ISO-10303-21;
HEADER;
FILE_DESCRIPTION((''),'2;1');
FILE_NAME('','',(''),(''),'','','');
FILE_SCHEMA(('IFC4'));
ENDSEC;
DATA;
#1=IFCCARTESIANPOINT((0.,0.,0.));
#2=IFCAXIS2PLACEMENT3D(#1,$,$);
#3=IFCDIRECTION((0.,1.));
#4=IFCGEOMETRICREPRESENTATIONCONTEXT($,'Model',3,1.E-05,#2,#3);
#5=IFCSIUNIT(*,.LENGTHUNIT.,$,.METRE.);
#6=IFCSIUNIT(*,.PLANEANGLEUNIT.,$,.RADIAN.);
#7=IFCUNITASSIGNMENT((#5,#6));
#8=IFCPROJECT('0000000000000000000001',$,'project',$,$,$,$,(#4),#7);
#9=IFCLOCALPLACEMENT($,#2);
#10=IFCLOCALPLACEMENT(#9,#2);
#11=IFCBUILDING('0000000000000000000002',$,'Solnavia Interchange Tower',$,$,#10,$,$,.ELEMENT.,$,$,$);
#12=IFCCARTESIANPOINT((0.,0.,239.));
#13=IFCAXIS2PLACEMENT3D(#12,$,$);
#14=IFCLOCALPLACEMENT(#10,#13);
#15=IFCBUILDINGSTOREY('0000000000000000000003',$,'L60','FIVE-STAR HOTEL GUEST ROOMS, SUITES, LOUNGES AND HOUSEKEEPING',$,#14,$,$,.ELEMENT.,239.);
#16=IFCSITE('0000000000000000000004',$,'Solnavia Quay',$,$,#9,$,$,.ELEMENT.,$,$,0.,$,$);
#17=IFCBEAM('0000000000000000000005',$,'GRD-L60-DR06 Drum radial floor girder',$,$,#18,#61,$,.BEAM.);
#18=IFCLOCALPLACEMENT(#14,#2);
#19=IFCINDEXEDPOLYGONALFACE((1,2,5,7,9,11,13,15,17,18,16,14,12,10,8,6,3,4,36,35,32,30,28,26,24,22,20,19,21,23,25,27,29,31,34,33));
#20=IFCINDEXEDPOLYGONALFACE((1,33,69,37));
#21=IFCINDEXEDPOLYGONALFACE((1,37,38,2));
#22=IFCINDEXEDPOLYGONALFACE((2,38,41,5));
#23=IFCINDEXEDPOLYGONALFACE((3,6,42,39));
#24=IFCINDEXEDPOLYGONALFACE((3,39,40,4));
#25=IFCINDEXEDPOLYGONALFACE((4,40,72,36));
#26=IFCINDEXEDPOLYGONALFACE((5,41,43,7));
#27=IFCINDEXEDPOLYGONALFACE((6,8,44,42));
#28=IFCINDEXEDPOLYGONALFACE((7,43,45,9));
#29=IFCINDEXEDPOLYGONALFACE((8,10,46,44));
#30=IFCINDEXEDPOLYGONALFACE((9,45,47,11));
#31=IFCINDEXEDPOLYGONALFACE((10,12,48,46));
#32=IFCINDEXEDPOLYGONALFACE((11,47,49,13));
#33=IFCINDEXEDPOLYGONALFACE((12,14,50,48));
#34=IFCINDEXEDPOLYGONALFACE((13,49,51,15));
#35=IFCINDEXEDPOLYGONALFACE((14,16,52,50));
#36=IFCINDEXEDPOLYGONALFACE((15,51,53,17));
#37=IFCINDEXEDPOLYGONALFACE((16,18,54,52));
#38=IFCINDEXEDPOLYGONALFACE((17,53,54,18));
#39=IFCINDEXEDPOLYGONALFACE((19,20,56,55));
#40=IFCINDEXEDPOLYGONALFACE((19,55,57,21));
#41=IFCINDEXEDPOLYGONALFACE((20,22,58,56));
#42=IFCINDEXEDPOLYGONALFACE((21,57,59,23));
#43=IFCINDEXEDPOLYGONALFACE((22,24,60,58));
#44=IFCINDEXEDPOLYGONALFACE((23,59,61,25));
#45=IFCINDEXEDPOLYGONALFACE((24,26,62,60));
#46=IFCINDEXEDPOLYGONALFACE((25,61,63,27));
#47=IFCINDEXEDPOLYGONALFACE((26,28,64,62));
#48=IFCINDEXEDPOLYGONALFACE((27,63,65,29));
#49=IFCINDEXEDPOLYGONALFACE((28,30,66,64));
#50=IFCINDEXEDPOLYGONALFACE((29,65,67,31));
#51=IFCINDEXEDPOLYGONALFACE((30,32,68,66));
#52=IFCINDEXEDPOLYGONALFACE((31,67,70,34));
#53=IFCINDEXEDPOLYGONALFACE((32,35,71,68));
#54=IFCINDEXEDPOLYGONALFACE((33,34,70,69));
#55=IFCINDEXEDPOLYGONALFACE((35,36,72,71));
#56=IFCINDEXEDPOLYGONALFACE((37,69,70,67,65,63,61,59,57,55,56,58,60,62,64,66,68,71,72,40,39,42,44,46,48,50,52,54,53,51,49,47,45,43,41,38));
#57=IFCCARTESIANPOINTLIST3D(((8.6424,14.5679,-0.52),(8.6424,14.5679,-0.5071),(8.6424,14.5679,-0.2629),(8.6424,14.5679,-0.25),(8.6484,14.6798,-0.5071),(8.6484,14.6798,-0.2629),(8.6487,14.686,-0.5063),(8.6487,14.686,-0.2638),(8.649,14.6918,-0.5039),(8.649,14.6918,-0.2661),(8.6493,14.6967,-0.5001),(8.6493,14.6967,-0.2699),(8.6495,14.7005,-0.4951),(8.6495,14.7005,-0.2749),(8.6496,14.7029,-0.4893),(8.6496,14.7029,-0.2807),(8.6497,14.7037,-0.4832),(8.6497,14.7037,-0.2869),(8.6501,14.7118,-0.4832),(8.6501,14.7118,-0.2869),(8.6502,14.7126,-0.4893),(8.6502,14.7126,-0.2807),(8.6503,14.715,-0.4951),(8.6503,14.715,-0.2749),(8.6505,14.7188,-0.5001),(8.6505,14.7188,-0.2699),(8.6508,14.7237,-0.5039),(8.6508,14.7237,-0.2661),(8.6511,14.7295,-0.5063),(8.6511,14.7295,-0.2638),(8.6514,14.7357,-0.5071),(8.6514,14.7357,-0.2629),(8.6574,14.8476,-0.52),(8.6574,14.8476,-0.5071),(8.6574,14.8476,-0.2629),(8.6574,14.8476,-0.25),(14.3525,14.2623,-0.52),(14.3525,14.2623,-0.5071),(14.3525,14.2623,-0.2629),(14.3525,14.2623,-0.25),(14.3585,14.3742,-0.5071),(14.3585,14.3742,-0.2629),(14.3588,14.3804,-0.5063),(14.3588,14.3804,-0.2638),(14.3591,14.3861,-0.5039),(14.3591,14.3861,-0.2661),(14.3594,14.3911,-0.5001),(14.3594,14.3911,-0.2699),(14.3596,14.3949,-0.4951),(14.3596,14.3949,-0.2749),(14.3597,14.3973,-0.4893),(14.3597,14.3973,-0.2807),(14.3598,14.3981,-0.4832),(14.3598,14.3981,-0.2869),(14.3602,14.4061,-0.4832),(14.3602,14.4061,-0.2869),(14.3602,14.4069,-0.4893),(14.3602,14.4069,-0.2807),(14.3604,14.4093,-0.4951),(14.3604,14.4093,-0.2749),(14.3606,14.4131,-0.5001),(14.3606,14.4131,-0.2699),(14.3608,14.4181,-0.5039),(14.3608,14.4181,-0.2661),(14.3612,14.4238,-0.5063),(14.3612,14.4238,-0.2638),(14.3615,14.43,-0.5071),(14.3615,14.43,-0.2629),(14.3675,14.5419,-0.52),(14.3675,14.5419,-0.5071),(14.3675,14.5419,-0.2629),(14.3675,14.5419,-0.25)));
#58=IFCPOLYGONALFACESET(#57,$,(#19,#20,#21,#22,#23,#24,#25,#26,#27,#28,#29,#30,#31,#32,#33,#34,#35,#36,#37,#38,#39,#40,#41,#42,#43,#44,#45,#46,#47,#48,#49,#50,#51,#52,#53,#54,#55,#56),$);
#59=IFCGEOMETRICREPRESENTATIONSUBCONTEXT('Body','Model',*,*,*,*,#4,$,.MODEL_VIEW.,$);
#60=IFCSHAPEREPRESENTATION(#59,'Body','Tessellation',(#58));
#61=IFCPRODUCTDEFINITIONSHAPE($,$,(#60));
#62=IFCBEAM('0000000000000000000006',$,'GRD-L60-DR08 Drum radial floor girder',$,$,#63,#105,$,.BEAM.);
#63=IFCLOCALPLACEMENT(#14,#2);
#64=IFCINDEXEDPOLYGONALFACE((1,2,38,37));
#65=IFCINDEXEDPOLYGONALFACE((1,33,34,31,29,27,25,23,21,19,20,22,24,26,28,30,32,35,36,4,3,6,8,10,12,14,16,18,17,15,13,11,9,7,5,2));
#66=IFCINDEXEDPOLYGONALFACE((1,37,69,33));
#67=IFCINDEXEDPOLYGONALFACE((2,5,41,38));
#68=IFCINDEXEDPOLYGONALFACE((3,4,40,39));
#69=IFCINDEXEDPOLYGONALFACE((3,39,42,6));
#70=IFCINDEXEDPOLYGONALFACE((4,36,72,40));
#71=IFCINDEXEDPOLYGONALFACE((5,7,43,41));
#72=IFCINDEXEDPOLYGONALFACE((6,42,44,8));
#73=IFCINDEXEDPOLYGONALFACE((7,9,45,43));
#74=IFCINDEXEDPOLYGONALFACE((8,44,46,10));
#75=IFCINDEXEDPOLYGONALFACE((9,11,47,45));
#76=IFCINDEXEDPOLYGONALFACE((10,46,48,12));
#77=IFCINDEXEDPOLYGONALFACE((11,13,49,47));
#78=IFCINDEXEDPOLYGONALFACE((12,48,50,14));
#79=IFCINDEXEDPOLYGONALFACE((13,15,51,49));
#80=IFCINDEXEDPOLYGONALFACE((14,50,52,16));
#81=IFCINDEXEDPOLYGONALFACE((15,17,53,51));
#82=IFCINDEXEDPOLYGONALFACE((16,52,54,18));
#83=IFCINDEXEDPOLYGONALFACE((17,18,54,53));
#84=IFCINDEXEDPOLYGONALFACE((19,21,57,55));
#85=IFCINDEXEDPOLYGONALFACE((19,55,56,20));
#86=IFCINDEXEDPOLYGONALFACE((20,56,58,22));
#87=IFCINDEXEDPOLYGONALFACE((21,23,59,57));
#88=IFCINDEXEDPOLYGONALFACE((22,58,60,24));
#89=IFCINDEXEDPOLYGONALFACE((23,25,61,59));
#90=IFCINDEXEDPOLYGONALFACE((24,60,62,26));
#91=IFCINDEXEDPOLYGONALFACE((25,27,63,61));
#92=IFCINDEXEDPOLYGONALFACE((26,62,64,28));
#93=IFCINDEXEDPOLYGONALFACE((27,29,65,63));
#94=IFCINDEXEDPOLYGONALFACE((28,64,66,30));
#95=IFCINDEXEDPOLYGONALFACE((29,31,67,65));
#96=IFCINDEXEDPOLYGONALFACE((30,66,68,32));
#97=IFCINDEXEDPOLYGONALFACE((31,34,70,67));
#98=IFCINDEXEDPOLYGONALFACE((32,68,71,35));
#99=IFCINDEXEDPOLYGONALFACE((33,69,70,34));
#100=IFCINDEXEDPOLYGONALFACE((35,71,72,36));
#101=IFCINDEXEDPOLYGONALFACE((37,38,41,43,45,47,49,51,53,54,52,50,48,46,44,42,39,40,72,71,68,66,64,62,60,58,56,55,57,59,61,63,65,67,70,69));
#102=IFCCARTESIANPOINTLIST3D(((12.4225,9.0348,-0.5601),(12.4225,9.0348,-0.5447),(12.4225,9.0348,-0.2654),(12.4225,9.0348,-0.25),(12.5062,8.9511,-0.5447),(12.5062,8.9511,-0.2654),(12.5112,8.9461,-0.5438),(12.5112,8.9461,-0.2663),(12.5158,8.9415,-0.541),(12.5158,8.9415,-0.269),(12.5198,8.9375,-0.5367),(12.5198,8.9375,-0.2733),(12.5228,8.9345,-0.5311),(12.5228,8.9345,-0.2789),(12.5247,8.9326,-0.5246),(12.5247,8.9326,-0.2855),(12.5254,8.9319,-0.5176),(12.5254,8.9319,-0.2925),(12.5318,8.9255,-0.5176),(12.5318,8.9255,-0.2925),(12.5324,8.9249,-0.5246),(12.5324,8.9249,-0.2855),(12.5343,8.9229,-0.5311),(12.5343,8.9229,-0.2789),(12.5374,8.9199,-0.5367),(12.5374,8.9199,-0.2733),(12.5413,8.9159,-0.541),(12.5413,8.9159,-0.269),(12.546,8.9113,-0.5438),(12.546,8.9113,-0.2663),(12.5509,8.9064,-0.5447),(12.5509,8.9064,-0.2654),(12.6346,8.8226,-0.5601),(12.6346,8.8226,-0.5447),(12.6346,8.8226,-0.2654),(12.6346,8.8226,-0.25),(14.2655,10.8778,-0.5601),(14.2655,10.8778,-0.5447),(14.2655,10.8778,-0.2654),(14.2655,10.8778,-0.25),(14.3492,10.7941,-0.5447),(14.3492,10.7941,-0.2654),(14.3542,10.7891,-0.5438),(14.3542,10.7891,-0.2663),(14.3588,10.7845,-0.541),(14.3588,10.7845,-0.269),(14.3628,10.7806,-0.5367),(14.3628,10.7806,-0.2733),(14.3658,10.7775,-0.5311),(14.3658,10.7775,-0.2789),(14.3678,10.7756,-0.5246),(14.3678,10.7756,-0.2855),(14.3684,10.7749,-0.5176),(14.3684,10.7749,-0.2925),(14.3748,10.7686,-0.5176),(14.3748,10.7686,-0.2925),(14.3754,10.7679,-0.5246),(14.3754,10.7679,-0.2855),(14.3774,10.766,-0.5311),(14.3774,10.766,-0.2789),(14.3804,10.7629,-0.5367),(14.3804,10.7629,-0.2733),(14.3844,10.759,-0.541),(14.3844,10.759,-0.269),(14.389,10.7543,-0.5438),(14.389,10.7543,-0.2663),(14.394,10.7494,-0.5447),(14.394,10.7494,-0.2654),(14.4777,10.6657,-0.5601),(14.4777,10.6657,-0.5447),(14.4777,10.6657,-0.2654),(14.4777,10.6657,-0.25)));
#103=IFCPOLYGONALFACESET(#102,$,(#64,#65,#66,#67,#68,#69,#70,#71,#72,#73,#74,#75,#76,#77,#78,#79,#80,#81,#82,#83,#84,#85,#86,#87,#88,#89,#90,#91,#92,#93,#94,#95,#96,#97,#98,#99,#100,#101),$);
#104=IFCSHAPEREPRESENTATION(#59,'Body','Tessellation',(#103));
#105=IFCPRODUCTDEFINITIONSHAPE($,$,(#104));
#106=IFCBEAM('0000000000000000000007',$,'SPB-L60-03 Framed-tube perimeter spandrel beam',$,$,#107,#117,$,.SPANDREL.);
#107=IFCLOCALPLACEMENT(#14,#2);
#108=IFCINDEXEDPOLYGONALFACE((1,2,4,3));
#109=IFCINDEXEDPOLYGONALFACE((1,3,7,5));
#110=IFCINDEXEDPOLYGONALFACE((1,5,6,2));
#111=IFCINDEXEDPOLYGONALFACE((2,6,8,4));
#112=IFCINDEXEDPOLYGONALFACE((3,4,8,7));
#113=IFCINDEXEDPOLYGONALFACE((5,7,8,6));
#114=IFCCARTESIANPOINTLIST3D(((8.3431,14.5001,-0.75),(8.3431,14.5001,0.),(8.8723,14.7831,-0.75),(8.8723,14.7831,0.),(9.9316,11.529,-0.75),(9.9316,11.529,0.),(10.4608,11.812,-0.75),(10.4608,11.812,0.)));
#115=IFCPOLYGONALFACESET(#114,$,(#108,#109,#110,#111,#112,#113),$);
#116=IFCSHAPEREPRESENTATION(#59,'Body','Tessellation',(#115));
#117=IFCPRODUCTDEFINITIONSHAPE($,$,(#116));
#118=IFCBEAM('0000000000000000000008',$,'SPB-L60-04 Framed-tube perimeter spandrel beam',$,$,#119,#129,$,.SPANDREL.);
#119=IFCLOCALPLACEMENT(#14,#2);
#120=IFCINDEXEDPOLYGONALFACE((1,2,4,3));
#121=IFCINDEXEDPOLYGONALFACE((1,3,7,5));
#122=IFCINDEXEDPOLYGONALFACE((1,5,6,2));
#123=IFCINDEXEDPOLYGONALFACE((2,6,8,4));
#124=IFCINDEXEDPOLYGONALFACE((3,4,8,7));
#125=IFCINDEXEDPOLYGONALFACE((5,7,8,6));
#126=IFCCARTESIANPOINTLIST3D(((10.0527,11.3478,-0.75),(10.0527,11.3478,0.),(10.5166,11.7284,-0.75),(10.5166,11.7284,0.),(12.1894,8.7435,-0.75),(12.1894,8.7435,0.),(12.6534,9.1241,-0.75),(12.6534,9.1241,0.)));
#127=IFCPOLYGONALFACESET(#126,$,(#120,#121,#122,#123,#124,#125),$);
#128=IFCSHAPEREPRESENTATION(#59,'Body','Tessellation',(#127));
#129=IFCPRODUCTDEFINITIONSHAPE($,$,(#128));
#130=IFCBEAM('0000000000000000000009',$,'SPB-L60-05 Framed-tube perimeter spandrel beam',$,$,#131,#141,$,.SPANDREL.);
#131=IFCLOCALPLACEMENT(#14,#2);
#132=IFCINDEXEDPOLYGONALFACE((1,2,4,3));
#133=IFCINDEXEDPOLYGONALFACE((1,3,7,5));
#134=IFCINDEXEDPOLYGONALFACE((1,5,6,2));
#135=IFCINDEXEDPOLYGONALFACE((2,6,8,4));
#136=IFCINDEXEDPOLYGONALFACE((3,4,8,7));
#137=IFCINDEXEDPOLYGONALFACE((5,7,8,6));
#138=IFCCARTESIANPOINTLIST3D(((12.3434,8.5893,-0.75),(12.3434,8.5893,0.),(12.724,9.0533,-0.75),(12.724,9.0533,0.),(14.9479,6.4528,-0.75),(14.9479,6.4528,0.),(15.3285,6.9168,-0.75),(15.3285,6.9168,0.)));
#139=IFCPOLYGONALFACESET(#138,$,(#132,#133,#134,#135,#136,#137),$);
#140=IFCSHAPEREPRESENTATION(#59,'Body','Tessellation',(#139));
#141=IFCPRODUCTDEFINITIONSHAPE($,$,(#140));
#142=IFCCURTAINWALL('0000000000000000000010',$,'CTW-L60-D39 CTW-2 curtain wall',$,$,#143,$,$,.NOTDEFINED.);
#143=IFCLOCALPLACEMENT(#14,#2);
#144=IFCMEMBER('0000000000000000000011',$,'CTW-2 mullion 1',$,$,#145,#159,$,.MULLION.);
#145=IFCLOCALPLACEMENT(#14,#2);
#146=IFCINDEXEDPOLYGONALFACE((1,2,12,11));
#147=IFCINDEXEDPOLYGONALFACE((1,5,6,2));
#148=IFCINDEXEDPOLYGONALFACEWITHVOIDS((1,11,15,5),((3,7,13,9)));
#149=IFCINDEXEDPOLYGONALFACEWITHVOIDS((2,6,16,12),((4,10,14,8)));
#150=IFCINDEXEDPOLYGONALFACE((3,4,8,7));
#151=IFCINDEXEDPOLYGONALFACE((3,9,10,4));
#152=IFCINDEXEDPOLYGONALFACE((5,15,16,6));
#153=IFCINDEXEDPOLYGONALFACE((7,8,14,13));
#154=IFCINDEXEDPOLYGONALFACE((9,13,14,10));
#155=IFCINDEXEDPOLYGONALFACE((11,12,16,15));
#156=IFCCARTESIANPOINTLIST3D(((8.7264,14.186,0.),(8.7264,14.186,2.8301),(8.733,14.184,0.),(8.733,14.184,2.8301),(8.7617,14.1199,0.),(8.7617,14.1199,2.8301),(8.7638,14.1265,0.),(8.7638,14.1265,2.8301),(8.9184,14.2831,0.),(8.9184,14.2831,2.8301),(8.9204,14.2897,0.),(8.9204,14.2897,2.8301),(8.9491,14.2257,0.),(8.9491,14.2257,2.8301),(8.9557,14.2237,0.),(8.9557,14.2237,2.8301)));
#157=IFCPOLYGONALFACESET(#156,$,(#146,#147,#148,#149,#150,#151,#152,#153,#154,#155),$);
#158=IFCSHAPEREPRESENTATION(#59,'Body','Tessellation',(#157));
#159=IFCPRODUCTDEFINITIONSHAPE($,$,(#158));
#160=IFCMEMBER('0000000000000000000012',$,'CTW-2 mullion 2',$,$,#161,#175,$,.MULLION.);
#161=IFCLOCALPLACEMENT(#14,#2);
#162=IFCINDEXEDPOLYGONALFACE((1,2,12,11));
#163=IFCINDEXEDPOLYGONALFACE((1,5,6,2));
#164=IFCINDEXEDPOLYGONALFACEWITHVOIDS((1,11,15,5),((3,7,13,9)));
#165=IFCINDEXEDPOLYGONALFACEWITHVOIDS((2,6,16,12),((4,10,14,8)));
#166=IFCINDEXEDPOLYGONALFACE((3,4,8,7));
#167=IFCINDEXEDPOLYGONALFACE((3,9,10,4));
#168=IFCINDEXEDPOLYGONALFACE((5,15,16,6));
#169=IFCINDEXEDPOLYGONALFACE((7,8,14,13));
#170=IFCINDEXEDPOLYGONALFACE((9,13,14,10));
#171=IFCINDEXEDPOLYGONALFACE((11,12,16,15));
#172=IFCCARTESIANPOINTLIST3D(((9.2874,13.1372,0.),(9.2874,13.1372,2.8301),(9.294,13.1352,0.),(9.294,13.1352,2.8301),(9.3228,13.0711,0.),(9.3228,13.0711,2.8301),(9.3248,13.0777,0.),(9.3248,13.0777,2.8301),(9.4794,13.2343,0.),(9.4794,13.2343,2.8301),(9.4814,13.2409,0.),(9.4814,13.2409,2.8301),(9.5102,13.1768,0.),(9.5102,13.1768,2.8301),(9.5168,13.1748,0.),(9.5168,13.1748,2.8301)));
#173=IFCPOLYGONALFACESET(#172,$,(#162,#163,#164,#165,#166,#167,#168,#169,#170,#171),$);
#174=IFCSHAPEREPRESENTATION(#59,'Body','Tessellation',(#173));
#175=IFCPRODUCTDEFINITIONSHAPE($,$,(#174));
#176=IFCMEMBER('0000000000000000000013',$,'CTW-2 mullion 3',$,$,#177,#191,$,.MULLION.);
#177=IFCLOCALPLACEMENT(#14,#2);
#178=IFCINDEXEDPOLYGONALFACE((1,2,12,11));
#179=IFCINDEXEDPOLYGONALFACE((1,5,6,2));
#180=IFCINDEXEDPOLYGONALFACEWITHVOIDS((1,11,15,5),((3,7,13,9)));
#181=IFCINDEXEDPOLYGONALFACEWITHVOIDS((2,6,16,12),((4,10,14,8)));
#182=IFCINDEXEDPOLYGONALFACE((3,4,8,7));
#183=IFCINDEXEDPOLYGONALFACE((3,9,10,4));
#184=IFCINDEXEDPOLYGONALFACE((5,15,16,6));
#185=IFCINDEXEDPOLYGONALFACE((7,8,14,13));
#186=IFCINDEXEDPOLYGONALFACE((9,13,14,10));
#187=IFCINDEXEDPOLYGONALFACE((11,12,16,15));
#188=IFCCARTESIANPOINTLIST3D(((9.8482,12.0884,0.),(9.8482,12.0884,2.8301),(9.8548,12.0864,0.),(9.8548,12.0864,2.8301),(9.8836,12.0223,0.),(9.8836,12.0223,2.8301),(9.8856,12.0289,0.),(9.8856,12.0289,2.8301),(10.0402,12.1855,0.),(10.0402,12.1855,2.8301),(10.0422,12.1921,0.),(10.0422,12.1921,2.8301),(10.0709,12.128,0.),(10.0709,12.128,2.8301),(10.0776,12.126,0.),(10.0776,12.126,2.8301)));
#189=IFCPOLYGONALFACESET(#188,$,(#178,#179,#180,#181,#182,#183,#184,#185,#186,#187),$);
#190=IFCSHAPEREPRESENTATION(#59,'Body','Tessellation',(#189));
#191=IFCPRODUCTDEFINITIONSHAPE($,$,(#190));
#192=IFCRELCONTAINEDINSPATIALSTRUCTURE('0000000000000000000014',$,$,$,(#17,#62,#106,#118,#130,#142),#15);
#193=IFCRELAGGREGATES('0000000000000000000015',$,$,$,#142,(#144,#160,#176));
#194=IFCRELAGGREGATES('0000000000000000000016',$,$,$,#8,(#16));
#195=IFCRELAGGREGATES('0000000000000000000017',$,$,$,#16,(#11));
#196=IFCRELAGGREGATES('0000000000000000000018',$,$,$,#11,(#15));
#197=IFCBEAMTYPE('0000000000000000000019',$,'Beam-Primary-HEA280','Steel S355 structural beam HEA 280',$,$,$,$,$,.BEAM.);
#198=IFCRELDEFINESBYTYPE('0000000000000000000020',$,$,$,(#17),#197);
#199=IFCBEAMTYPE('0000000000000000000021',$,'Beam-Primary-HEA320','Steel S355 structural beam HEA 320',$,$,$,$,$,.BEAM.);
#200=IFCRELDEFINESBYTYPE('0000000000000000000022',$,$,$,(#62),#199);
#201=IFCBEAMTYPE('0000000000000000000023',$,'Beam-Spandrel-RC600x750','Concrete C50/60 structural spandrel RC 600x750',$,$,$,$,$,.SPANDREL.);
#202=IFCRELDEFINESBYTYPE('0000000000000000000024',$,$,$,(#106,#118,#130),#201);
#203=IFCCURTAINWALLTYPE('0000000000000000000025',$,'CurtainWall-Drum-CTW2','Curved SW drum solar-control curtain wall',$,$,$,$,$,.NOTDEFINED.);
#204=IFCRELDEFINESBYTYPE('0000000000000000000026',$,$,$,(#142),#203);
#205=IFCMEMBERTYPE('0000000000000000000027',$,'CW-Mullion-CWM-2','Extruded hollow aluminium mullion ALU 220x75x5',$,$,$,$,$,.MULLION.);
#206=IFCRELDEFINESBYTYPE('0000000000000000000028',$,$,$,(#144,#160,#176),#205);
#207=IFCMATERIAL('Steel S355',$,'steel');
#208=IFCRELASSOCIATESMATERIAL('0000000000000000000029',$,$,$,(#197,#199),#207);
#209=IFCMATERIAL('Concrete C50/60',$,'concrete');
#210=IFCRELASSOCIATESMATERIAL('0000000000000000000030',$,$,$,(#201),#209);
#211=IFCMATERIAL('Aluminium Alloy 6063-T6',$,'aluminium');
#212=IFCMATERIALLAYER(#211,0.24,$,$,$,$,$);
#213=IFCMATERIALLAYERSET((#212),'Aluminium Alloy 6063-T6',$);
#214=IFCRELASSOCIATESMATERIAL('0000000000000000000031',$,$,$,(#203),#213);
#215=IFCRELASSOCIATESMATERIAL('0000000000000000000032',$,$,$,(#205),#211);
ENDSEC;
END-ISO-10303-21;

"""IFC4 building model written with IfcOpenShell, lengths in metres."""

from ifc_helpers import new_model, si_unit, direction, frame, origin, origin_2d, place, context, subcontext, project, spatial, rectangle, hollow_rectangle, i_section, extrude, material, layer, layer_set, material_profile, profile_set, type_object, element, aggregate, save


model = new_model("IFC4")

# Units and contexts
model_context = context("Model", 3, precision=1e-05, world=origin(), true_north=direction((0.0, 1.0)))
body_context = subcontext(model_context, "Body", "Model", "MODEL_VIEW")
ifc_project = project(units=[si_unit("LENGTHUNIT", "METRE"), si_unit("PLANEANGLEUNIT", "RADIAN")], contexts=[model_context])

# Site, building, storey
site_placement = place(None, origin())
site = spatial("IfcSite", under=ifc_project, at=site_placement, Name="Solnavia Quay", CompositionType="ELEMENT", RefElevation=0.0)
building_placement = place(site_placement, origin())
building = spatial("IfcBuilding", under=site, at=building_placement, Name="Solnavia Interchange Tower", CompositionType="ELEMENT")
storey_placement = place(building_placement, frame((0.0, 0.0, 239.0)))
storey = spatial("IfcBuildingStorey", under=building, at=storey_placement, Name="L60", Description="FIVE-STAR HOTEL GUEST ROOMS, SUITES, LOUNGES AND HOUSEKEEPING", CompositionType="ELEMENT", Elevation=239.0)

# Shared definitions
ifc_material_1 = material(Name="Concrete C50/60", Category="concrete")

# Beams
ifc_material_2 = material(Name="Steel S355", Category="steel")
ifc_material_profile_1 = material_profile(ifc_material_2, i_section(OverallWidth=0.28, OverallDepth=0.27, WebThickness=0.0081, FlangeThickness=0.0129, FilletRadius=0.0239, at=origin_2d()), Name="HEA 280")
ifc_profile_set_1 = profile_set([ifc_material_profile_1], Name="Steel S355")
beam_type_1 = type_object("IfcBeamType", Name="Beam-Primary-HEA280", Description="Steel S355 structural beam HEA 280", PredefinedType="BEAM", material=ifc_profile_set_1)
beam_1_placement = place(storey_placement, frame((8.6499, 14.7078, -0.385), z_axis=(0.99857, -0.053453, 0.0), x_axis=(0.053453, 0.99857, 0.0)))
element("IfcBeam", 1, at=beam_1_placement, inside=storey, type_object=beam_type_1, Name="GRD-L60-DR06 Drum radial floor girder", PredefinedType="BEAM", context=body_context, shape_type="SweptSolid", body=[
    extrude(i_section(OverallWidth=0.28, OverallDepth=0.27, WebThickness=0.0081, FlangeThickness=0.0129, FilletRadius=0.0239, at=origin_2d()), origin(), (0.0, 0.0, 1.0), 5.7183),
])
ifc_material_profile_2 = material_profile(ifc_material_2, i_section(OverallWidth=0.3, OverallDepth=0.3101, WebThickness=0.009, FlangeThickness=0.0154, FilletRadius=0.0271, at=origin_2d()), Name="HEA 320")
ifc_profile_set_2 = profile_set([ifc_material_profile_2], Name="Steel S355")
beam_type_2 = type_object("IfcBeamType", Name="Beam-Primary-HEA320", Description="Steel S355 structural beam HEA 320", PredefinedType="BEAM", material=ifc_profile_set_2)
beam_2_placement = place(storey_placement, frame((12.5286, 8.9287, -0.405), z_axis=(0.707107, 0.707107, 0.0), x_axis=(-0.707107, 0.707107, 0.0)))
element("IfcBeam", 2, at=beam_2_placement, inside=storey, type_object=beam_type_2, Name="GRD-L60-DR08 Drum radial floor girder", PredefinedType="BEAM", context=body_context, shape_type="SweptSolid", body=[
    extrude(i_section(OverallWidth=0.3, OverallDepth=0.3101, WebThickness=0.009, FlangeThickness=0.0154, FilletRadius=0.0271, at=origin_2d()), origin(), (0.0, 0.0, 1.0), 2.6064),
])
ifc_material_profile_3 = material_profile(ifc_material_1, rectangle(XDim=0.6001, YDim=0.75, at=origin_2d()), Name="RC 600x750")
ifc_profile_set_3 = profile_set([ifc_material_profile_3], Name="Concrete C50/60")
beam_type_3 = type_object("IfcBeamType", Name="Beam-Spandrel-RC600x750", Description="Concrete C50/60 structural spandrel RC 600x750", PredefinedType="SPANDREL", material=ifc_profile_set_3)
beam_3_placement = place(storey_placement, frame((8.6077, 14.6416, -0.375), z_axis=(0.471509, -0.881861, 0.0), x_axis=(0.881861, 0.471509, 0.0)))
element("IfcBeam", 3, at=beam_3_placement, inside=storey, type_object=beam_type_3, Name="SPB-L60-03 Framed-tube perimeter spandrel beam", PredefinedType="SPANDREL", context=body_context, shape_type="SweptSolid", body=[
    extrude(rectangle(XDim=0.6001, YDim=0.75, at=origin_2d()), origin(), (0.0, 0.0, 1.0), 3.3691),
])
for number, where, z_axis, x_axis, name in (
    (4, (10.2847, 11.5381, -0.375), (0.634299, -0.773088, 0.0), (0.773088, 0.634299, 0.0), "SPB-L60-04 Framed-tube perimeter spandrel beam"),
    (5, (12.5337, 8.8213, -0.375), (0.773153, -0.63422, 0.0), (0.63422, 0.773153, 0.0), "SPB-L60-05 Framed-tube perimeter spandrel beam"),
):
    element("IfcBeam", number, at=place(storey_placement, frame(where, z_axis=z_axis, x_axis=x_axis)), inside=storey, type_object=beam_type_3, Name=name, PredefinedType="SPANDREL", context=body_context, shape_type="SweptSolid", body=[
        extrude(rectangle(XDim=0.6001, YDim=0.75, at=origin_2d()), origin(), (0.0, 0.0, 1.0), 3.3687),
    ])

# Curtain wall, members
ifc_material_3 = material(Name="Aluminium Alloy 6063-T6", Category="aluminium")
ifc_layer_1 = layer(ifc_material_3, 0.24)
ifc_layer_set_1 = layer_set([ifc_layer_1], Name="Aluminium Alloy 6063-T6")
curtain_wall_type = type_object("IfcCurtainWallType", Name="CurtainWall-Drum-CTW2", Description="Curved SW drum solar-control curtain wall", PredefinedType="NOTDEFINED", material=ifc_layer_set_1)
curtain_wall_1_placement = place(storey_placement, origin())
curtain_wall_1 = element("IfcCurtainWall", 6, at=curtain_wall_1_placement, inside=storey, type_object=curtain_wall_type, Name="CTW-L60-D39 CTW-2 curtain wall", PredefinedType="NOTDEFINED")
ifc_material_profile_4 = material_profile(ifc_material_3, hollow_rectangle(XDim=0.075, YDim=0.22, WallThickness=0.0049, at=origin_2d()), Name="ALU 220x75x5")
ifc_profile_set_4 = profile_set([ifc_material_profile_4], Name="Aluminium Alloy 6063-T6")
member_type_1 = type_object("IfcMemberType", Name="CW-Mullion-CWM-2", Description="Extruded hollow aluminium mullion ALU 220x75x5", PredefinedType="MULLION", material=ifc_profile_set_4)
member_1_placement = place(storey_placement, frame((8.8411, 14.2048, 0.0), z_axis=(0.0, 0.0, 1.0), x_axis=(0.471561, -0.881834, 0.0)))
member_1 = element("IfcMember", 7, at=member_1_placement, type_object=member_type_1, Name="CTW-2 mullion 1", PredefinedType="MULLION", context=body_context, shape_type="SweptSolid", body=[
    extrude(hollow_rectangle(XDim=0.075, YDim=0.22, WallThickness=0.0049, at=origin_2d()), origin(), (0.0, 0.0, 1.0), 2.8301),
])
member_2_placement = place(storey_placement, frame((9.4021, 13.156, 0.0), z_axis=(0.0, 0.0, 1.0), x_axis=(0.471561, -0.881834, 0.0)))
member_2 = element("IfcMember", 8, at=member_2_placement, type_object=member_type_1, Name="CTW-2 mullion 2", PredefinedType="MULLION", context=body_context, shape_type="SweptSolid", body=[
    extrude(hollow_rectangle(XDim=0.075, YDim=0.22, WallThickness=0.0049, at=origin_2d()), origin(), (0.0, 0.0, 1.0), 2.8301),
])
member_3_placement = place(storey_placement, frame((9.9629, 12.1072, 0.0), z_axis=(0.0, 0.0, 1.0), x_axis=(0.471561, -0.881834, 0.0)))
member_3 = element("IfcMember", 9, at=member_3_placement, type_object=member_type_1, Name="CTW-2 mullion 3", PredefinedType="MULLION", context=body_context, shape_type="SweptSolid", body=[
    extrude(hollow_rectangle(XDim=0.075, YDim=0.22, WallThickness=0.0049, at=origin_2d()), origin(), (0.0, 0.0, 1.0), 2.8301),
])

aggregate(curtain_wall_1, [member_1, member_2, member_3])

save(model, "model.ifc")
